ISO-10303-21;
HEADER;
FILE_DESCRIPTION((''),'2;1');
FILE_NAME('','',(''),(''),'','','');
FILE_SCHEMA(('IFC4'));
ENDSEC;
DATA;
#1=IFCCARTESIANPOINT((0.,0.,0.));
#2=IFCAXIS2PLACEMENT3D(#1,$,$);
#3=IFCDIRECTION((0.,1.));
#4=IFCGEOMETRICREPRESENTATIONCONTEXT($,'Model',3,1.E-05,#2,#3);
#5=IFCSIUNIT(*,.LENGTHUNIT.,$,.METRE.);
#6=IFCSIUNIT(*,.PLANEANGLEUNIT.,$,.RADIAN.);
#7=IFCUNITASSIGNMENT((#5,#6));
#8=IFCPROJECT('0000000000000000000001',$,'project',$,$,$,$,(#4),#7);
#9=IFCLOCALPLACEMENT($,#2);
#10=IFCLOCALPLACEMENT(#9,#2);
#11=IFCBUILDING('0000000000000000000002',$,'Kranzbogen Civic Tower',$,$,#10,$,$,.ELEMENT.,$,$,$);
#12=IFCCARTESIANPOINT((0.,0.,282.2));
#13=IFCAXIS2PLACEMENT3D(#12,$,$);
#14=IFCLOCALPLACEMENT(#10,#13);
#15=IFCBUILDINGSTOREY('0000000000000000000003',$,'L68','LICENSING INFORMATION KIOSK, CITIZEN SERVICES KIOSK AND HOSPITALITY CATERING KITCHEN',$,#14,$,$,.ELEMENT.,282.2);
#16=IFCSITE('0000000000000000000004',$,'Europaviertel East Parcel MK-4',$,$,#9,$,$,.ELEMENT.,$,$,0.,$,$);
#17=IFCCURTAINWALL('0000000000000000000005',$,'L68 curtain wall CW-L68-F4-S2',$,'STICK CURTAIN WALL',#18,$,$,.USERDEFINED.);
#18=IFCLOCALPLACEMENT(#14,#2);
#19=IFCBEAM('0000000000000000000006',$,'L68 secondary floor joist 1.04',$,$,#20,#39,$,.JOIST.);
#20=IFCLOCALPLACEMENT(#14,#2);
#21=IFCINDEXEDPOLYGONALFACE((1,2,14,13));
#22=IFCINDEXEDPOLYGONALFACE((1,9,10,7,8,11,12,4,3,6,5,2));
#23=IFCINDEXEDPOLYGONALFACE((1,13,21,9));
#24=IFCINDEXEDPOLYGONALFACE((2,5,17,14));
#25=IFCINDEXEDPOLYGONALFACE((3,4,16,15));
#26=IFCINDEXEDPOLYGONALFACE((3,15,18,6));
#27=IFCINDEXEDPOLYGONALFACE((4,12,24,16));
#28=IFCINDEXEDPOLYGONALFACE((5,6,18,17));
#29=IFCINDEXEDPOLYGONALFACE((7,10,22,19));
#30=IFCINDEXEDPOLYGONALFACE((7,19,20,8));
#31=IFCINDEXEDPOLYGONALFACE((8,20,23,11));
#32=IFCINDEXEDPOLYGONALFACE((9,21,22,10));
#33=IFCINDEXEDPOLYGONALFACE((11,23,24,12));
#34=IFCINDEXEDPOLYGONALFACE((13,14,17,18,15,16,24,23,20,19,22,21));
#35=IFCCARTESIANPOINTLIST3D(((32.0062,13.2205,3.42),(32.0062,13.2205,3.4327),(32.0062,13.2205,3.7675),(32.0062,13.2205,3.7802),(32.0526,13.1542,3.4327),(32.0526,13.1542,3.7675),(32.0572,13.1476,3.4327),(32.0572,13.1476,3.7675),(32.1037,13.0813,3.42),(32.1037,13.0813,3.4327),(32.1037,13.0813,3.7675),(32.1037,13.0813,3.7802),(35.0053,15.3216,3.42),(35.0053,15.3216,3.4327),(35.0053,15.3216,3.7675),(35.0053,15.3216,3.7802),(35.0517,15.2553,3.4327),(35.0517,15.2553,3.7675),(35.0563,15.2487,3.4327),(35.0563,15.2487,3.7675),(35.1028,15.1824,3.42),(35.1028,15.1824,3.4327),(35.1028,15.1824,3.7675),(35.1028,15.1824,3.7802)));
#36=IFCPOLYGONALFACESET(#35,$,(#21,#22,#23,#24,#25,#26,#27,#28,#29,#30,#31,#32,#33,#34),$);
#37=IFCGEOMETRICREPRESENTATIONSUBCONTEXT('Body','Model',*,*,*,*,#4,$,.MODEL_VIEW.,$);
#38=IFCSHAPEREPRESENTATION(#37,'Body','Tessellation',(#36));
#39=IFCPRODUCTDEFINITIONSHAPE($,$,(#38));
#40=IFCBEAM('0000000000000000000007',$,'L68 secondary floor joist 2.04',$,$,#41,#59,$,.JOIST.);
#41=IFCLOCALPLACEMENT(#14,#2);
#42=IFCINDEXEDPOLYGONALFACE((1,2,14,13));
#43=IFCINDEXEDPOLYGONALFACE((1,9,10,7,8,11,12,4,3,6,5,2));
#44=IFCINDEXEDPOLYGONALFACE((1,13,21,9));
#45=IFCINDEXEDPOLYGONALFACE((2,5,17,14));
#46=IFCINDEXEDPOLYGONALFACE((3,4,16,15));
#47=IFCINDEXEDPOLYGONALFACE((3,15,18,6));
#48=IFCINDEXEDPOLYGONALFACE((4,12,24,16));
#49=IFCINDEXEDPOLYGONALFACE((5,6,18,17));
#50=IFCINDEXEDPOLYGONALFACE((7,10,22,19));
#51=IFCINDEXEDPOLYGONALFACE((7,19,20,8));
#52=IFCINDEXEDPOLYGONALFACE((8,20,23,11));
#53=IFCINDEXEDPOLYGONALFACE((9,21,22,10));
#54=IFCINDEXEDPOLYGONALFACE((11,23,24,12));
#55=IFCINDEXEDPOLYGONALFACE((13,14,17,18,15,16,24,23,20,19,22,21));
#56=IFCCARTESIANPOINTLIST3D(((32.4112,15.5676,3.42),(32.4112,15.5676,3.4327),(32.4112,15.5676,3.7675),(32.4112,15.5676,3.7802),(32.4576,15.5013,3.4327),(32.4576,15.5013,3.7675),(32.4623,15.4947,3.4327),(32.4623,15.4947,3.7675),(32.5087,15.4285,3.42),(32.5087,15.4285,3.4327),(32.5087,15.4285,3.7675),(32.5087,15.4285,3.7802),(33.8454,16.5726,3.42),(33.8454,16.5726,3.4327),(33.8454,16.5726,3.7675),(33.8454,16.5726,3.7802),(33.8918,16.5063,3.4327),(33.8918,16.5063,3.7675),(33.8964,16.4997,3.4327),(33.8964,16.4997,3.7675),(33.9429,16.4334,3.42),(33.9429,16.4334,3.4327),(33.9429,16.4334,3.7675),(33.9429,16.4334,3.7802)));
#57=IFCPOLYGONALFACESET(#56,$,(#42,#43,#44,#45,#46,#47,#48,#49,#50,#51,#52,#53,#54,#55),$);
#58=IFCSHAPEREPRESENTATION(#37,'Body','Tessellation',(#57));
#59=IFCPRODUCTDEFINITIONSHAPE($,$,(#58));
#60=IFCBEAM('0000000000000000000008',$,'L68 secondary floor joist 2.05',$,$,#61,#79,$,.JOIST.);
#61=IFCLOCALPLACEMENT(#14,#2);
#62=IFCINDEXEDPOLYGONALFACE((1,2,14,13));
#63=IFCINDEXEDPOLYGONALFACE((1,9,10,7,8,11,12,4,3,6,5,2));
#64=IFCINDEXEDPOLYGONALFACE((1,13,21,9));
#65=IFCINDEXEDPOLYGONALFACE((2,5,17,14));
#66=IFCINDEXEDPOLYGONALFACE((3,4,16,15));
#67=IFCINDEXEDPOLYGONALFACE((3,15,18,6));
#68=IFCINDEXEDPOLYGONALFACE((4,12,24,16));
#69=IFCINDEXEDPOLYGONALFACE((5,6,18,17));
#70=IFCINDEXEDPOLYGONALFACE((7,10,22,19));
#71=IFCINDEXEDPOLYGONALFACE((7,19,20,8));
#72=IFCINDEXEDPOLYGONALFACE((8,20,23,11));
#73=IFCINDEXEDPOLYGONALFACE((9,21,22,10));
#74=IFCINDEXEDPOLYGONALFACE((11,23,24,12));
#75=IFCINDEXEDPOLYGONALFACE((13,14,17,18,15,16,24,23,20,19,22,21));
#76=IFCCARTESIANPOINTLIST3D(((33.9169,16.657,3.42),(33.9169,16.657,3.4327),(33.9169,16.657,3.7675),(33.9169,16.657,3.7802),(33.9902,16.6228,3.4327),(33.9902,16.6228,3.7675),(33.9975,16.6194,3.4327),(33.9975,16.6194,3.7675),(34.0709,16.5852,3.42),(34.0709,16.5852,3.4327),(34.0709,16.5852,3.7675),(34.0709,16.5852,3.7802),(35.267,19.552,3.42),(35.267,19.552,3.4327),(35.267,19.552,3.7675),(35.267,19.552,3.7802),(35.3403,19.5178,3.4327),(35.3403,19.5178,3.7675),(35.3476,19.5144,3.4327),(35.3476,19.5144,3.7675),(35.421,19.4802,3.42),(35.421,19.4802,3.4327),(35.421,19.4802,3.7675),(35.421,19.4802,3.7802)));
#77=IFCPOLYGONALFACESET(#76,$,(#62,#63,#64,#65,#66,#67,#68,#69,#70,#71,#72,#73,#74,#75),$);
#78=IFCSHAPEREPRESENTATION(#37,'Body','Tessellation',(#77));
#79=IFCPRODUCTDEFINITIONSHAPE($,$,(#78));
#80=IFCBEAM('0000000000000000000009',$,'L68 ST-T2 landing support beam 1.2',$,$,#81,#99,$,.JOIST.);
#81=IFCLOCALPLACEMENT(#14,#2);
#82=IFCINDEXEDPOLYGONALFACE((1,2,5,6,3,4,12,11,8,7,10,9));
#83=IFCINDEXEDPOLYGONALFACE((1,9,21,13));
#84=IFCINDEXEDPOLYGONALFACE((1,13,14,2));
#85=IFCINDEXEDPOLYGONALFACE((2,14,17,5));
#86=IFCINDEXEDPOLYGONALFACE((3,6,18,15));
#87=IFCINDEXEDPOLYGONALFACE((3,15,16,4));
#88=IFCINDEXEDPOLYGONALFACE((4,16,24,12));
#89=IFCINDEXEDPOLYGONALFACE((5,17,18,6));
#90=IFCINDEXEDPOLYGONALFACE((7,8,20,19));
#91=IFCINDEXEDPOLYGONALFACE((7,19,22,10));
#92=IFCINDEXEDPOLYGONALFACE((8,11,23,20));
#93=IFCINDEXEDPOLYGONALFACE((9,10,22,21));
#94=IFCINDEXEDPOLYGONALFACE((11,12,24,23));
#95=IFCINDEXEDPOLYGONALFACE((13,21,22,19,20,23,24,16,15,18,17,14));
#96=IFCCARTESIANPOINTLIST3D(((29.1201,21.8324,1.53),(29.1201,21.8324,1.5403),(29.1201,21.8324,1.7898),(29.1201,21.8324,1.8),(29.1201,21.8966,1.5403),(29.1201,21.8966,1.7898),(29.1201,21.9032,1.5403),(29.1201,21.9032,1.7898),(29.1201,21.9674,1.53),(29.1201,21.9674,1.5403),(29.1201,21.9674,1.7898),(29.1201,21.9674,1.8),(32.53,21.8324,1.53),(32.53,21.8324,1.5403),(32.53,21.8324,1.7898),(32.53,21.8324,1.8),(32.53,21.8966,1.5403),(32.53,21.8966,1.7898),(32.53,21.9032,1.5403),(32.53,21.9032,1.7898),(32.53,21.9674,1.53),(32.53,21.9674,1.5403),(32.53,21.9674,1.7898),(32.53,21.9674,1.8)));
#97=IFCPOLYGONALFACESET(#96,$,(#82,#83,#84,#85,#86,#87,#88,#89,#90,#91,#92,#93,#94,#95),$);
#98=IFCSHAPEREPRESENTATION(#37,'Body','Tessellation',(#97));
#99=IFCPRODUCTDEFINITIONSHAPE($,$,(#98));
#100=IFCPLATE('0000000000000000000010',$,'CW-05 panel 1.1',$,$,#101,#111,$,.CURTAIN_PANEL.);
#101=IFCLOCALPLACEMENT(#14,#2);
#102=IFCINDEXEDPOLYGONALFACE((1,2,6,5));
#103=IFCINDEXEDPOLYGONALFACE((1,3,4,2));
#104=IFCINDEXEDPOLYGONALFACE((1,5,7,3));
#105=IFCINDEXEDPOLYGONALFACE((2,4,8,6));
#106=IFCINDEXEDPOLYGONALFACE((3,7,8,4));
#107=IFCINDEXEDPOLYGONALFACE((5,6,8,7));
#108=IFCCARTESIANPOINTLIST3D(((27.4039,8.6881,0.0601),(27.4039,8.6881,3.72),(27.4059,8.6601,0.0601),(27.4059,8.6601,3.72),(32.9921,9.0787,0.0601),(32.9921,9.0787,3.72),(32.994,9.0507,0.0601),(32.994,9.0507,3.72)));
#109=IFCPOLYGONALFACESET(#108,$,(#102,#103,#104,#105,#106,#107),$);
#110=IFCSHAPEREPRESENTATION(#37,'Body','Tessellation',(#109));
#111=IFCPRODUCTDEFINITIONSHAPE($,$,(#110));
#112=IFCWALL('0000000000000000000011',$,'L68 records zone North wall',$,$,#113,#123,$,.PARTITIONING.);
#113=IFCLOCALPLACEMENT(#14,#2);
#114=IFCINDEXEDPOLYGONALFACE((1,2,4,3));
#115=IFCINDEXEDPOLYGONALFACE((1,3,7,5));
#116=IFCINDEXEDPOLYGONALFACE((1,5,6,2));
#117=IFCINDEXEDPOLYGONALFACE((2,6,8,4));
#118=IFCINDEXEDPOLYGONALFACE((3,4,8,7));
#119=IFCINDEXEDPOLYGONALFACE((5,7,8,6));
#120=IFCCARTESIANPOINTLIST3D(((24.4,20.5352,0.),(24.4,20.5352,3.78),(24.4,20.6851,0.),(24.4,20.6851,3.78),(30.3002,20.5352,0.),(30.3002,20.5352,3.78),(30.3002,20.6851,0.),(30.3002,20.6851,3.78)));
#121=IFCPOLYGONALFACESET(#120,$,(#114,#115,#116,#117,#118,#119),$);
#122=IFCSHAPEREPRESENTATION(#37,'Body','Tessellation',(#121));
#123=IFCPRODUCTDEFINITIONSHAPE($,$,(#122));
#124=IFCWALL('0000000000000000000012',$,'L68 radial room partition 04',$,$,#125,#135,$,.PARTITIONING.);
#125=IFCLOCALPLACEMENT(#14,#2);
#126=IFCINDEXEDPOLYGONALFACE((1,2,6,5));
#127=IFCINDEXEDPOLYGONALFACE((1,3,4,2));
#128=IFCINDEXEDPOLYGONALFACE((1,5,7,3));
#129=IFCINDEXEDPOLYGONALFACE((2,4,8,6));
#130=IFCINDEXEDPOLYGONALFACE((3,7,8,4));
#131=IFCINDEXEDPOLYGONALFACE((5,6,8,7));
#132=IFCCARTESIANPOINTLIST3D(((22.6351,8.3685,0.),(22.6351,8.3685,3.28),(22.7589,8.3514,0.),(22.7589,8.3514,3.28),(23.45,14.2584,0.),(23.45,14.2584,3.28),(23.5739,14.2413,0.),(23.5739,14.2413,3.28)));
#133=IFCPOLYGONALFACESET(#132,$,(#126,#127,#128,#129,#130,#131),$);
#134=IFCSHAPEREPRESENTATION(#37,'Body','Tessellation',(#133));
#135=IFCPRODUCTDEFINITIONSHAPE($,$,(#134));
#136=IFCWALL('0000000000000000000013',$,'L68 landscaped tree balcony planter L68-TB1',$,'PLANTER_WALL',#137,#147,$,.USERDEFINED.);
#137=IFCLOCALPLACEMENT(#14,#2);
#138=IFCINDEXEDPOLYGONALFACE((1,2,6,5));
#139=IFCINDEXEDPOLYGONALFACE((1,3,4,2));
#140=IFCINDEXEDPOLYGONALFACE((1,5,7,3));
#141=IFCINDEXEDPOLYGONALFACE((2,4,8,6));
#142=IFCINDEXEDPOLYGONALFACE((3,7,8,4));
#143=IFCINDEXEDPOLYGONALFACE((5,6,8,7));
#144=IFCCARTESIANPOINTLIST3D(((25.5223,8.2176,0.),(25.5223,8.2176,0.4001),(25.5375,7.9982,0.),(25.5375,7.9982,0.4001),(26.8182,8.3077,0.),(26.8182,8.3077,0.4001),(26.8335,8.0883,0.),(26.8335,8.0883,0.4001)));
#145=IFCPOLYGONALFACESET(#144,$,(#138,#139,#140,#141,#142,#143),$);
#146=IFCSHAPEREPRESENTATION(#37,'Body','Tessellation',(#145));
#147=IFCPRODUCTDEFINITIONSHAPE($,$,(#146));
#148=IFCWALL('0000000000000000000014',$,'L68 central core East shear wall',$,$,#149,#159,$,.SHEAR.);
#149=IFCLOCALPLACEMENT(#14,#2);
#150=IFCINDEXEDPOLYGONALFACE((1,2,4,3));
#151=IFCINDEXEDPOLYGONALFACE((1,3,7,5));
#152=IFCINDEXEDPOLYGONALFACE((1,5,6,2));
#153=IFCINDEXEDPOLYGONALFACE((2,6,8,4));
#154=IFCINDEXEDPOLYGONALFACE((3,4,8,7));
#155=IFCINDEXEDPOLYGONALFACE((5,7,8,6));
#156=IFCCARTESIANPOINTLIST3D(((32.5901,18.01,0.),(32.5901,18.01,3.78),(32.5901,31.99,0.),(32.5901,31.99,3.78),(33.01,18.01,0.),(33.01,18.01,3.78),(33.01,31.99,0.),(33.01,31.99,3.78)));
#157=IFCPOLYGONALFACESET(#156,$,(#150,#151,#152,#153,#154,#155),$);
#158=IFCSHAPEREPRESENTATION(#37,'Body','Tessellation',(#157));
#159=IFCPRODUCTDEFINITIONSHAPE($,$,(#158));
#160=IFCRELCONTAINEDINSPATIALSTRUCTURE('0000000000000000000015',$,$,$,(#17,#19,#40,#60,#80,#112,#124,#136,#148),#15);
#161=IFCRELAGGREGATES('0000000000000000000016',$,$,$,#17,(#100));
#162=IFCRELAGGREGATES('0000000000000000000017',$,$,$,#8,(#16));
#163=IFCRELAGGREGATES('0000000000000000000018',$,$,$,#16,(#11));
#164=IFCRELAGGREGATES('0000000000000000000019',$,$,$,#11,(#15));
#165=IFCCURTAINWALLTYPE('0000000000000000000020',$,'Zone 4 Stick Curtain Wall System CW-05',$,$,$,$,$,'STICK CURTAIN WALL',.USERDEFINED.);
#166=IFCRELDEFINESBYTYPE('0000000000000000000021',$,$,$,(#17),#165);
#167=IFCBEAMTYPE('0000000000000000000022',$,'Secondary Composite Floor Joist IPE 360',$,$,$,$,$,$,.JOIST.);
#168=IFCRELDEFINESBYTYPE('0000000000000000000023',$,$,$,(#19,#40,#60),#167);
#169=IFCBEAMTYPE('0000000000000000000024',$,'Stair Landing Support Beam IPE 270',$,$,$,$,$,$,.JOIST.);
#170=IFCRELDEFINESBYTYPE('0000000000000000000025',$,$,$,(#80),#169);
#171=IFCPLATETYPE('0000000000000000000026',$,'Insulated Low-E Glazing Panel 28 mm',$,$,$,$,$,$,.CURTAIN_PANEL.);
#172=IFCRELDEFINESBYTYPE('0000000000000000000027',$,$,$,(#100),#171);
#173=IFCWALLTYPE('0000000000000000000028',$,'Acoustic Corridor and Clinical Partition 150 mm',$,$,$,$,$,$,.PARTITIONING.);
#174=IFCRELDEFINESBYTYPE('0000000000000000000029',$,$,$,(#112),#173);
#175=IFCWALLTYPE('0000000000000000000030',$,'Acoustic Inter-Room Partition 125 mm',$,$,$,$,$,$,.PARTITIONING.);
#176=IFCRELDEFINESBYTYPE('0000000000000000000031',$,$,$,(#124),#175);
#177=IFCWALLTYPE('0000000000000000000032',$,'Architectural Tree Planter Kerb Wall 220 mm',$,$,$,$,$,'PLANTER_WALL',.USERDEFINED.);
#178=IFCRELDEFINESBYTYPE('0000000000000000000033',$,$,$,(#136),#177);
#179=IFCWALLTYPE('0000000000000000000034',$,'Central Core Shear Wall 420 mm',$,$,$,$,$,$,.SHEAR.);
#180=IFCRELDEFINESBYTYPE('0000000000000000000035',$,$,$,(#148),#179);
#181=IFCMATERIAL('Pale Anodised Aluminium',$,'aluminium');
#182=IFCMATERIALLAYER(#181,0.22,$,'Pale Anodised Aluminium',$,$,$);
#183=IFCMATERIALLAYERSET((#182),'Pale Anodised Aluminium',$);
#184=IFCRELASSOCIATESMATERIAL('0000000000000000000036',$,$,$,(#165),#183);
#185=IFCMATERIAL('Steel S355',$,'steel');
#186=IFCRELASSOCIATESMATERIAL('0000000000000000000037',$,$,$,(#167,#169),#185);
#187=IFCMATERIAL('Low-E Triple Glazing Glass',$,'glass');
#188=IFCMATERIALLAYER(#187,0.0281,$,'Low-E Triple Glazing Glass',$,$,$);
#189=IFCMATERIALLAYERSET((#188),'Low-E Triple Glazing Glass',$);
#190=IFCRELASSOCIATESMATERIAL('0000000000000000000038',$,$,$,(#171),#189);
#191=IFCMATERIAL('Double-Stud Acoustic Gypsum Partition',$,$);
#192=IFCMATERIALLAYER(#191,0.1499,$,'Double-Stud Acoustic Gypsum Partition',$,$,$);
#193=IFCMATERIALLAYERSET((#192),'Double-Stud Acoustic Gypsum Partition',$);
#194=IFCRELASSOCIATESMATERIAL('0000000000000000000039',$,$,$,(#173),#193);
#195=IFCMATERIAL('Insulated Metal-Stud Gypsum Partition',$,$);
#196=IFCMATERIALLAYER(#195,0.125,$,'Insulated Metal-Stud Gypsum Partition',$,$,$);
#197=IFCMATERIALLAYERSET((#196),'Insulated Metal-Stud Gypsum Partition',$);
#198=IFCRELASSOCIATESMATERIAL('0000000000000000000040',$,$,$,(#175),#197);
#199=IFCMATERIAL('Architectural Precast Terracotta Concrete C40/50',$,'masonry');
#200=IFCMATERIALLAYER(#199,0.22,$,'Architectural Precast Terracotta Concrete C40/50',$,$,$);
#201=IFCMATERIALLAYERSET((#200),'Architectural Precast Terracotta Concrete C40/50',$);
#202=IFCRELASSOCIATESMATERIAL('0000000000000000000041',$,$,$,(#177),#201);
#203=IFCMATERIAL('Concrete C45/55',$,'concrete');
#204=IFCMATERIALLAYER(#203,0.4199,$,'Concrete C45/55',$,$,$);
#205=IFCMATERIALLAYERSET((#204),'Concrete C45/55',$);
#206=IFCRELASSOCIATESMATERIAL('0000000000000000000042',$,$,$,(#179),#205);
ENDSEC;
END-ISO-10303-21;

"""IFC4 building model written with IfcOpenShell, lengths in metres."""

from ifc_helpers import new_model, si_unit, direction, frame, frame_2d, origin, origin_2d, place, context, subcontext, project, spatial, rectangle, i_section, extrude, material, layer, layer_set, material_profile, profile_set, type_object, element, aggregate, save


model = new_model("IFC4")

# Units and contexts
model_context = context("Model", 3, precision=1e-05, world=origin(), true_north=direction((0.0, 1.0)))
body_context = subcontext(model_context, "Body", "Model", "MODEL_VIEW")
ifc_project = project(units=[si_unit("LENGTHUNIT", "METRE"), si_unit("PLANEANGLEUNIT", "RADIAN")], contexts=[model_context])

# Site, building, storey
site_placement = place(None, origin())
site = spatial("IfcSite", under=ifc_project, at=site_placement, Name="Europaviertel East Parcel MK-4", CompositionType="ELEMENT", RefElevation=0.0)
building_placement = place(site_placement, origin())
building = spatial("IfcBuilding", under=site, at=building_placement, Name="Kranzbogen Civic Tower", CompositionType="ELEMENT")
storey_placement = place(building_placement, frame((0.0, 0.0, 282.2)))
storey = spatial("IfcBuildingStorey", under=building, at=storey_placement, Name="L68", Description="LICENSING INFORMATION KIOSK, CITIZEN SERVICES KIOSK AND HOSPITALITY CATERING KITCHEN", CompositionType="ELEMENT", Elevation=282.2)

# Shared definitions
ifc_material_1 = material(Name="Steel S355", Category="steel")

# Shared definitions
ifc_material_2 = material(Name="Pale Anodised Aluminium", Category="aluminium")
ifc_layer_1 = layer(ifc_material_2, 0.22, Name="Pale Anodised Aluminium")
ifc_layer_set_1 = layer_set([ifc_layer_1], Name="Pale Anodised Aluminium")
curtain_wall_type = type_object("IfcCurtainWallType", Name="Zone 4 Stick Curtain Wall System CW-05", ElementType="STICK CURTAIN WALL", PredefinedType="USERDEFINED", material=ifc_layer_set_1)

# Curtain wall
curtain_wall_1_placement = place(storey_placement, origin())
curtain_wall_1 = element("IfcCurtainWall", 1, at=curtain_wall_1_placement, inside=storey, type_object=curtain_wall_type, Name="L68 curtain wall CW-L68-F4-S2", ObjectType="STICK CURTAIN WALL", PredefinedType="USERDEFINED")

# Beams
ifc_material_profile_1 = material_profile(ifc_material_1, i_section(OverallWidth=0.1699, OverallDepth=0.3601, WebThickness=0.0081, FlangeThickness=0.0127, at=origin_2d()), Name="IPE 360")
ifc_profile_set_1 = profile_set([ifc_material_profile_1], Name="Steel S355")
beam_type_1 = type_object("IfcBeamType", Name="Secondary Composite Floor Joist IPE 360", PredefinedType="JOIST", material=ifc_profile_set_1)
beam_1_placement = place(storey_placement, frame((32.0549, 13.1509, 3.6001), z_axis=(0.819006, 0.573784, 0.0), x_axis=(-0.573784, 0.819006, 0.0)))
element("IfcBeam", 2, at=beam_1_placement, inside=storey, type_object=beam_type_1, Name="L68 secondary floor joist 1.04", PredefinedType="JOIST", context=body_context, shape_type="SweptSolid", body=[
    extrude(i_section(OverallWidth=0.1699, OverallDepth=0.3601, WebThickness=0.0081, FlangeThickness=0.0127, at=origin_2d()), origin(), (0.0, 0.0, 1.0), 3.6619),
])
beam_2_placement = place(storey_placement, frame((32.46, 15.498, 3.6001), z_axis=(0.818957, 0.573855, 0.0), x_axis=(-0.573855, 0.818957, 0.0)))
element("IfcBeam", 3, at=beam_2_placement, inside=storey, type_object=beam_type_1, Name="L68 secondary floor joist 2.04", PredefinedType="JOIST", context=body_context, shape_type="SweptSolid", body=[
    extrude(i_section(OverallWidth=0.1699, OverallDepth=0.3601, WebThickness=0.0081, FlangeThickness=0.0127, at=origin_2d()), origin(), (0.0, 0.0, 1.0), 1.7512),
])
beam_3_placement = place(storey_placement, frame((33.9939, 16.6211, 3.6001), z_axis=(0.422651, 0.906292, 0.0), x_axis=(-0.906292, 0.422651, 0.0)))
element("IfcBeam", 4, at=beam_3_placement, inside=storey, type_object=beam_type_1, Name="L68 secondary floor joist 2.05", PredefinedType="JOIST", context=body_context, shape_type="SweptSolid", body=[
    extrude(i_section(OverallWidth=0.1699, OverallDepth=0.3601, WebThickness=0.0081, FlangeThickness=0.0127, at=origin_2d()), origin(), (0.0, 0.0, 1.0), 3.1943),
])
ifc_material_profile_2 = material_profile(ifc_material_1, i_section(OverallWidth=0.135, OverallDepth=0.27, WebThickness=0.0066, FlangeThickness=0.0103, at=origin_2d()), Name="IPE 270")
ifc_profile_set_2 = profile_set([ifc_material_profile_2], Name="Steel S355")
beam_type_2 = type_object("IfcBeamType", Name="Stair Landing Support Beam IPE 270", PredefinedType="JOIST", material=ifc_profile_set_2)
beam_4_placement = place(storey_placement, frame((29.1201, 21.8999, 1.665), z_axis=(1.0, 0.0, 0.0), x_axis=(0.0, 1.0, 0.0)))
element("IfcBeam", 5, at=beam_4_placement, inside=storey, type_object=beam_type_2, Name="L68 ST-T2 landing support beam 1.2", PredefinedType="JOIST", context=body_context, shape_type="SweptSolid", body=[
    extrude(i_section(OverallWidth=0.135, OverallDepth=0.27, WebThickness=0.0066, FlangeThickness=0.0103, at=origin_2d()), origin(), (0.0, 0.0, 1.0), 3.4099),
])

# Plate
ifc_material_3 = material(Name="Low-E Triple Glazing Glass", Category="glass")
ifc_layer_2 = layer(ifc_material_3, 0.0281, Name="Low-E Triple Glazing Glass")
ifc_layer_set_2 = layer_set([ifc_layer_2], Name="Low-E Triple Glazing Glass")
plate_type = type_object("IfcPlateType", Name="Insulated Low-E Glazing Panel 28 mm", PredefinedType="CURTAIN_PANEL", material=ifc_layer_set_2)
plate_placement = place(storey_placement, frame((30.199, 8.8694, 0.0601), z_axis=(0.0, 0.0, 1.0), x_axis=(0.997566, 0.069732, 0.0)))
plate = element("IfcPlate", 6, at=plate_placement, type_object=plate_type, Name="CW-05 panel 1.1", PredefinedType="CURTAIN_PANEL", context=body_context, shape_type="SweptSolid", body=[
    extrude(rectangle(XDim=5.6018, YDim=0.0281, at=origin_2d()), origin(), (0.0, 0.0, 1.0), 3.6599),
])
aggregate(curtain_wall_1, [plate])

# Walls
ifc_material_4 = material(Name="Double-Stud Acoustic Gypsum Partition")
ifc_layer_3 = layer(ifc_material_4, 0.1499, Name="Double-Stud Acoustic Gypsum Partition")
ifc_layer_set_3 = layer_set([ifc_layer_3], Name="Double-Stud Acoustic Gypsum Partition")
wall_type_1 = type_object("IfcWallType", Name="Acoustic Corridor and Clinical Partition 150 mm", PredefinedType="PARTITIONING", material=ifc_layer_set_3)
wall_1_placement = place(storey_placement, frame((24.3999, 20.6101, 0.0), z_axis=(0.0, 0.0, 1.0), x_axis=(1.0, 0.0, 0.0)))
element("IfcWall", 7, at=wall_1_placement, inside=storey, type_object=wall_type_1, Name="L68 records zone North wall", PredefinedType="PARTITIONING", context=body_context, shape_type="SweptSolid", body=[
    extrude(rectangle(XDim=5.9001, YDim=0.1499, at=frame_2d((2.9502, 0.0))), origin(), (0.0, 0.0, 1.0), 3.78),
])
ifc_material_5 = material(Name="Insulated Metal-Stud Gypsum Partition")
ifc_layer_4 = layer(ifc_material_5, 0.125, Name="Insulated Metal-Stud Gypsum Partition")
ifc_layer_set_4 = layer_set([ifc_layer_4], Name="Insulated Metal-Stud Gypsum Partition")
wall_type_2 = type_object("IfcWallType", Name="Acoustic Inter-Room Partition 125 mm", PredefinedType="PARTITIONING", material=ifc_layer_set_4)
wall_2_placement = place(storey_placement, frame((23.512, 14.25, 0.0), z_axis=(0.0, 0.0, 1.0), x_axis=(-0.137057, -0.990563, 0.0)))
element("IfcWall", 8, at=wall_2_placement, inside=storey, type_object=wall_type_2, Name="L68 radial room partition 04", PredefinedType="PARTITIONING", context=body_context, shape_type="SweptSolid", body=[
    extrude(rectangle(XDim=5.946, YDim=0.125, at=frame_2d((2.9731, 0.0))), origin(), (0.0, 0.0, 1.0), 3.28),
])
ifc_material_6 = material(Name="Architectural Precast Terracotta Concrete C40/50", Category="masonry")
ifc_layer_5 = layer(ifc_material_6, 0.22, Name="Architectural Precast Terracotta Concrete C40/50")
ifc_layer_set_5 = layer_set([ifc_layer_5], Name="Architectural Precast Terracotta Concrete C40/50")
wall_type_3 = type_object("IfcWallType", Name="Architectural Tree Planter Kerb Wall 220 mm", ElementType="PLANTER_WALL", PredefinedType="USERDEFINED", material=ifc_layer_set_5)
wall_3_placement = place(storey_placement, frame((25.53, 8.1079, 0.0), z_axis=(0.0, 0.0, 1.0), x_axis=(0.997592, 0.06935, 0.0)))
element("IfcWall", 9, at=wall_3_placement, inside=storey, type_object=wall_type_3, Name="L68 landscaped tree balcony planter L68-TB1", ObjectType="PLANTER_WALL", PredefinedType="USERDEFINED", context=body_context, shape_type="SweptSolid", body=[
    extrude(rectangle(XDim=1.2991, YDim=0.22, at=frame_2d((0.6494, 0.0))), origin(), (0.0, 0.0, 1.0), 0.4001),
])
ifc_material_7 = material(Name="Concrete C45/55", Category="concrete")
ifc_layer_6 = layer(ifc_material_7, 0.4199, Name="Concrete C45/55")
ifc_layer_set_6 = layer_set([ifc_layer_6], Name="Concrete C45/55")
wall_type_4 = type_object("IfcWallType", Name="Central Core Shear Wall 420 mm", PredefinedType="SHEAR", material=ifc_layer_set_6)
wall_4_placement = place(storey_placement, frame((32.8, 18.01, 0.0), z_axis=(0.0, 0.0, 1.0), x_axis=(0.0, 1.0, 0.0)))
element("IfcWall", 10, at=wall_4_placement, inside=storey, type_object=wall_type_4, Name="L68 central core East shear wall", PredefinedType="SHEAR", context=body_context, shape_type="SweptSolid", body=[
    extrude(rectangle(XDim=13.98, YDim=0.4199, at=frame_2d((6.99, 0.0))), origin(), (0.0, 0.0, 1.0), 3.78),
])

save(model, "model.ifc")
